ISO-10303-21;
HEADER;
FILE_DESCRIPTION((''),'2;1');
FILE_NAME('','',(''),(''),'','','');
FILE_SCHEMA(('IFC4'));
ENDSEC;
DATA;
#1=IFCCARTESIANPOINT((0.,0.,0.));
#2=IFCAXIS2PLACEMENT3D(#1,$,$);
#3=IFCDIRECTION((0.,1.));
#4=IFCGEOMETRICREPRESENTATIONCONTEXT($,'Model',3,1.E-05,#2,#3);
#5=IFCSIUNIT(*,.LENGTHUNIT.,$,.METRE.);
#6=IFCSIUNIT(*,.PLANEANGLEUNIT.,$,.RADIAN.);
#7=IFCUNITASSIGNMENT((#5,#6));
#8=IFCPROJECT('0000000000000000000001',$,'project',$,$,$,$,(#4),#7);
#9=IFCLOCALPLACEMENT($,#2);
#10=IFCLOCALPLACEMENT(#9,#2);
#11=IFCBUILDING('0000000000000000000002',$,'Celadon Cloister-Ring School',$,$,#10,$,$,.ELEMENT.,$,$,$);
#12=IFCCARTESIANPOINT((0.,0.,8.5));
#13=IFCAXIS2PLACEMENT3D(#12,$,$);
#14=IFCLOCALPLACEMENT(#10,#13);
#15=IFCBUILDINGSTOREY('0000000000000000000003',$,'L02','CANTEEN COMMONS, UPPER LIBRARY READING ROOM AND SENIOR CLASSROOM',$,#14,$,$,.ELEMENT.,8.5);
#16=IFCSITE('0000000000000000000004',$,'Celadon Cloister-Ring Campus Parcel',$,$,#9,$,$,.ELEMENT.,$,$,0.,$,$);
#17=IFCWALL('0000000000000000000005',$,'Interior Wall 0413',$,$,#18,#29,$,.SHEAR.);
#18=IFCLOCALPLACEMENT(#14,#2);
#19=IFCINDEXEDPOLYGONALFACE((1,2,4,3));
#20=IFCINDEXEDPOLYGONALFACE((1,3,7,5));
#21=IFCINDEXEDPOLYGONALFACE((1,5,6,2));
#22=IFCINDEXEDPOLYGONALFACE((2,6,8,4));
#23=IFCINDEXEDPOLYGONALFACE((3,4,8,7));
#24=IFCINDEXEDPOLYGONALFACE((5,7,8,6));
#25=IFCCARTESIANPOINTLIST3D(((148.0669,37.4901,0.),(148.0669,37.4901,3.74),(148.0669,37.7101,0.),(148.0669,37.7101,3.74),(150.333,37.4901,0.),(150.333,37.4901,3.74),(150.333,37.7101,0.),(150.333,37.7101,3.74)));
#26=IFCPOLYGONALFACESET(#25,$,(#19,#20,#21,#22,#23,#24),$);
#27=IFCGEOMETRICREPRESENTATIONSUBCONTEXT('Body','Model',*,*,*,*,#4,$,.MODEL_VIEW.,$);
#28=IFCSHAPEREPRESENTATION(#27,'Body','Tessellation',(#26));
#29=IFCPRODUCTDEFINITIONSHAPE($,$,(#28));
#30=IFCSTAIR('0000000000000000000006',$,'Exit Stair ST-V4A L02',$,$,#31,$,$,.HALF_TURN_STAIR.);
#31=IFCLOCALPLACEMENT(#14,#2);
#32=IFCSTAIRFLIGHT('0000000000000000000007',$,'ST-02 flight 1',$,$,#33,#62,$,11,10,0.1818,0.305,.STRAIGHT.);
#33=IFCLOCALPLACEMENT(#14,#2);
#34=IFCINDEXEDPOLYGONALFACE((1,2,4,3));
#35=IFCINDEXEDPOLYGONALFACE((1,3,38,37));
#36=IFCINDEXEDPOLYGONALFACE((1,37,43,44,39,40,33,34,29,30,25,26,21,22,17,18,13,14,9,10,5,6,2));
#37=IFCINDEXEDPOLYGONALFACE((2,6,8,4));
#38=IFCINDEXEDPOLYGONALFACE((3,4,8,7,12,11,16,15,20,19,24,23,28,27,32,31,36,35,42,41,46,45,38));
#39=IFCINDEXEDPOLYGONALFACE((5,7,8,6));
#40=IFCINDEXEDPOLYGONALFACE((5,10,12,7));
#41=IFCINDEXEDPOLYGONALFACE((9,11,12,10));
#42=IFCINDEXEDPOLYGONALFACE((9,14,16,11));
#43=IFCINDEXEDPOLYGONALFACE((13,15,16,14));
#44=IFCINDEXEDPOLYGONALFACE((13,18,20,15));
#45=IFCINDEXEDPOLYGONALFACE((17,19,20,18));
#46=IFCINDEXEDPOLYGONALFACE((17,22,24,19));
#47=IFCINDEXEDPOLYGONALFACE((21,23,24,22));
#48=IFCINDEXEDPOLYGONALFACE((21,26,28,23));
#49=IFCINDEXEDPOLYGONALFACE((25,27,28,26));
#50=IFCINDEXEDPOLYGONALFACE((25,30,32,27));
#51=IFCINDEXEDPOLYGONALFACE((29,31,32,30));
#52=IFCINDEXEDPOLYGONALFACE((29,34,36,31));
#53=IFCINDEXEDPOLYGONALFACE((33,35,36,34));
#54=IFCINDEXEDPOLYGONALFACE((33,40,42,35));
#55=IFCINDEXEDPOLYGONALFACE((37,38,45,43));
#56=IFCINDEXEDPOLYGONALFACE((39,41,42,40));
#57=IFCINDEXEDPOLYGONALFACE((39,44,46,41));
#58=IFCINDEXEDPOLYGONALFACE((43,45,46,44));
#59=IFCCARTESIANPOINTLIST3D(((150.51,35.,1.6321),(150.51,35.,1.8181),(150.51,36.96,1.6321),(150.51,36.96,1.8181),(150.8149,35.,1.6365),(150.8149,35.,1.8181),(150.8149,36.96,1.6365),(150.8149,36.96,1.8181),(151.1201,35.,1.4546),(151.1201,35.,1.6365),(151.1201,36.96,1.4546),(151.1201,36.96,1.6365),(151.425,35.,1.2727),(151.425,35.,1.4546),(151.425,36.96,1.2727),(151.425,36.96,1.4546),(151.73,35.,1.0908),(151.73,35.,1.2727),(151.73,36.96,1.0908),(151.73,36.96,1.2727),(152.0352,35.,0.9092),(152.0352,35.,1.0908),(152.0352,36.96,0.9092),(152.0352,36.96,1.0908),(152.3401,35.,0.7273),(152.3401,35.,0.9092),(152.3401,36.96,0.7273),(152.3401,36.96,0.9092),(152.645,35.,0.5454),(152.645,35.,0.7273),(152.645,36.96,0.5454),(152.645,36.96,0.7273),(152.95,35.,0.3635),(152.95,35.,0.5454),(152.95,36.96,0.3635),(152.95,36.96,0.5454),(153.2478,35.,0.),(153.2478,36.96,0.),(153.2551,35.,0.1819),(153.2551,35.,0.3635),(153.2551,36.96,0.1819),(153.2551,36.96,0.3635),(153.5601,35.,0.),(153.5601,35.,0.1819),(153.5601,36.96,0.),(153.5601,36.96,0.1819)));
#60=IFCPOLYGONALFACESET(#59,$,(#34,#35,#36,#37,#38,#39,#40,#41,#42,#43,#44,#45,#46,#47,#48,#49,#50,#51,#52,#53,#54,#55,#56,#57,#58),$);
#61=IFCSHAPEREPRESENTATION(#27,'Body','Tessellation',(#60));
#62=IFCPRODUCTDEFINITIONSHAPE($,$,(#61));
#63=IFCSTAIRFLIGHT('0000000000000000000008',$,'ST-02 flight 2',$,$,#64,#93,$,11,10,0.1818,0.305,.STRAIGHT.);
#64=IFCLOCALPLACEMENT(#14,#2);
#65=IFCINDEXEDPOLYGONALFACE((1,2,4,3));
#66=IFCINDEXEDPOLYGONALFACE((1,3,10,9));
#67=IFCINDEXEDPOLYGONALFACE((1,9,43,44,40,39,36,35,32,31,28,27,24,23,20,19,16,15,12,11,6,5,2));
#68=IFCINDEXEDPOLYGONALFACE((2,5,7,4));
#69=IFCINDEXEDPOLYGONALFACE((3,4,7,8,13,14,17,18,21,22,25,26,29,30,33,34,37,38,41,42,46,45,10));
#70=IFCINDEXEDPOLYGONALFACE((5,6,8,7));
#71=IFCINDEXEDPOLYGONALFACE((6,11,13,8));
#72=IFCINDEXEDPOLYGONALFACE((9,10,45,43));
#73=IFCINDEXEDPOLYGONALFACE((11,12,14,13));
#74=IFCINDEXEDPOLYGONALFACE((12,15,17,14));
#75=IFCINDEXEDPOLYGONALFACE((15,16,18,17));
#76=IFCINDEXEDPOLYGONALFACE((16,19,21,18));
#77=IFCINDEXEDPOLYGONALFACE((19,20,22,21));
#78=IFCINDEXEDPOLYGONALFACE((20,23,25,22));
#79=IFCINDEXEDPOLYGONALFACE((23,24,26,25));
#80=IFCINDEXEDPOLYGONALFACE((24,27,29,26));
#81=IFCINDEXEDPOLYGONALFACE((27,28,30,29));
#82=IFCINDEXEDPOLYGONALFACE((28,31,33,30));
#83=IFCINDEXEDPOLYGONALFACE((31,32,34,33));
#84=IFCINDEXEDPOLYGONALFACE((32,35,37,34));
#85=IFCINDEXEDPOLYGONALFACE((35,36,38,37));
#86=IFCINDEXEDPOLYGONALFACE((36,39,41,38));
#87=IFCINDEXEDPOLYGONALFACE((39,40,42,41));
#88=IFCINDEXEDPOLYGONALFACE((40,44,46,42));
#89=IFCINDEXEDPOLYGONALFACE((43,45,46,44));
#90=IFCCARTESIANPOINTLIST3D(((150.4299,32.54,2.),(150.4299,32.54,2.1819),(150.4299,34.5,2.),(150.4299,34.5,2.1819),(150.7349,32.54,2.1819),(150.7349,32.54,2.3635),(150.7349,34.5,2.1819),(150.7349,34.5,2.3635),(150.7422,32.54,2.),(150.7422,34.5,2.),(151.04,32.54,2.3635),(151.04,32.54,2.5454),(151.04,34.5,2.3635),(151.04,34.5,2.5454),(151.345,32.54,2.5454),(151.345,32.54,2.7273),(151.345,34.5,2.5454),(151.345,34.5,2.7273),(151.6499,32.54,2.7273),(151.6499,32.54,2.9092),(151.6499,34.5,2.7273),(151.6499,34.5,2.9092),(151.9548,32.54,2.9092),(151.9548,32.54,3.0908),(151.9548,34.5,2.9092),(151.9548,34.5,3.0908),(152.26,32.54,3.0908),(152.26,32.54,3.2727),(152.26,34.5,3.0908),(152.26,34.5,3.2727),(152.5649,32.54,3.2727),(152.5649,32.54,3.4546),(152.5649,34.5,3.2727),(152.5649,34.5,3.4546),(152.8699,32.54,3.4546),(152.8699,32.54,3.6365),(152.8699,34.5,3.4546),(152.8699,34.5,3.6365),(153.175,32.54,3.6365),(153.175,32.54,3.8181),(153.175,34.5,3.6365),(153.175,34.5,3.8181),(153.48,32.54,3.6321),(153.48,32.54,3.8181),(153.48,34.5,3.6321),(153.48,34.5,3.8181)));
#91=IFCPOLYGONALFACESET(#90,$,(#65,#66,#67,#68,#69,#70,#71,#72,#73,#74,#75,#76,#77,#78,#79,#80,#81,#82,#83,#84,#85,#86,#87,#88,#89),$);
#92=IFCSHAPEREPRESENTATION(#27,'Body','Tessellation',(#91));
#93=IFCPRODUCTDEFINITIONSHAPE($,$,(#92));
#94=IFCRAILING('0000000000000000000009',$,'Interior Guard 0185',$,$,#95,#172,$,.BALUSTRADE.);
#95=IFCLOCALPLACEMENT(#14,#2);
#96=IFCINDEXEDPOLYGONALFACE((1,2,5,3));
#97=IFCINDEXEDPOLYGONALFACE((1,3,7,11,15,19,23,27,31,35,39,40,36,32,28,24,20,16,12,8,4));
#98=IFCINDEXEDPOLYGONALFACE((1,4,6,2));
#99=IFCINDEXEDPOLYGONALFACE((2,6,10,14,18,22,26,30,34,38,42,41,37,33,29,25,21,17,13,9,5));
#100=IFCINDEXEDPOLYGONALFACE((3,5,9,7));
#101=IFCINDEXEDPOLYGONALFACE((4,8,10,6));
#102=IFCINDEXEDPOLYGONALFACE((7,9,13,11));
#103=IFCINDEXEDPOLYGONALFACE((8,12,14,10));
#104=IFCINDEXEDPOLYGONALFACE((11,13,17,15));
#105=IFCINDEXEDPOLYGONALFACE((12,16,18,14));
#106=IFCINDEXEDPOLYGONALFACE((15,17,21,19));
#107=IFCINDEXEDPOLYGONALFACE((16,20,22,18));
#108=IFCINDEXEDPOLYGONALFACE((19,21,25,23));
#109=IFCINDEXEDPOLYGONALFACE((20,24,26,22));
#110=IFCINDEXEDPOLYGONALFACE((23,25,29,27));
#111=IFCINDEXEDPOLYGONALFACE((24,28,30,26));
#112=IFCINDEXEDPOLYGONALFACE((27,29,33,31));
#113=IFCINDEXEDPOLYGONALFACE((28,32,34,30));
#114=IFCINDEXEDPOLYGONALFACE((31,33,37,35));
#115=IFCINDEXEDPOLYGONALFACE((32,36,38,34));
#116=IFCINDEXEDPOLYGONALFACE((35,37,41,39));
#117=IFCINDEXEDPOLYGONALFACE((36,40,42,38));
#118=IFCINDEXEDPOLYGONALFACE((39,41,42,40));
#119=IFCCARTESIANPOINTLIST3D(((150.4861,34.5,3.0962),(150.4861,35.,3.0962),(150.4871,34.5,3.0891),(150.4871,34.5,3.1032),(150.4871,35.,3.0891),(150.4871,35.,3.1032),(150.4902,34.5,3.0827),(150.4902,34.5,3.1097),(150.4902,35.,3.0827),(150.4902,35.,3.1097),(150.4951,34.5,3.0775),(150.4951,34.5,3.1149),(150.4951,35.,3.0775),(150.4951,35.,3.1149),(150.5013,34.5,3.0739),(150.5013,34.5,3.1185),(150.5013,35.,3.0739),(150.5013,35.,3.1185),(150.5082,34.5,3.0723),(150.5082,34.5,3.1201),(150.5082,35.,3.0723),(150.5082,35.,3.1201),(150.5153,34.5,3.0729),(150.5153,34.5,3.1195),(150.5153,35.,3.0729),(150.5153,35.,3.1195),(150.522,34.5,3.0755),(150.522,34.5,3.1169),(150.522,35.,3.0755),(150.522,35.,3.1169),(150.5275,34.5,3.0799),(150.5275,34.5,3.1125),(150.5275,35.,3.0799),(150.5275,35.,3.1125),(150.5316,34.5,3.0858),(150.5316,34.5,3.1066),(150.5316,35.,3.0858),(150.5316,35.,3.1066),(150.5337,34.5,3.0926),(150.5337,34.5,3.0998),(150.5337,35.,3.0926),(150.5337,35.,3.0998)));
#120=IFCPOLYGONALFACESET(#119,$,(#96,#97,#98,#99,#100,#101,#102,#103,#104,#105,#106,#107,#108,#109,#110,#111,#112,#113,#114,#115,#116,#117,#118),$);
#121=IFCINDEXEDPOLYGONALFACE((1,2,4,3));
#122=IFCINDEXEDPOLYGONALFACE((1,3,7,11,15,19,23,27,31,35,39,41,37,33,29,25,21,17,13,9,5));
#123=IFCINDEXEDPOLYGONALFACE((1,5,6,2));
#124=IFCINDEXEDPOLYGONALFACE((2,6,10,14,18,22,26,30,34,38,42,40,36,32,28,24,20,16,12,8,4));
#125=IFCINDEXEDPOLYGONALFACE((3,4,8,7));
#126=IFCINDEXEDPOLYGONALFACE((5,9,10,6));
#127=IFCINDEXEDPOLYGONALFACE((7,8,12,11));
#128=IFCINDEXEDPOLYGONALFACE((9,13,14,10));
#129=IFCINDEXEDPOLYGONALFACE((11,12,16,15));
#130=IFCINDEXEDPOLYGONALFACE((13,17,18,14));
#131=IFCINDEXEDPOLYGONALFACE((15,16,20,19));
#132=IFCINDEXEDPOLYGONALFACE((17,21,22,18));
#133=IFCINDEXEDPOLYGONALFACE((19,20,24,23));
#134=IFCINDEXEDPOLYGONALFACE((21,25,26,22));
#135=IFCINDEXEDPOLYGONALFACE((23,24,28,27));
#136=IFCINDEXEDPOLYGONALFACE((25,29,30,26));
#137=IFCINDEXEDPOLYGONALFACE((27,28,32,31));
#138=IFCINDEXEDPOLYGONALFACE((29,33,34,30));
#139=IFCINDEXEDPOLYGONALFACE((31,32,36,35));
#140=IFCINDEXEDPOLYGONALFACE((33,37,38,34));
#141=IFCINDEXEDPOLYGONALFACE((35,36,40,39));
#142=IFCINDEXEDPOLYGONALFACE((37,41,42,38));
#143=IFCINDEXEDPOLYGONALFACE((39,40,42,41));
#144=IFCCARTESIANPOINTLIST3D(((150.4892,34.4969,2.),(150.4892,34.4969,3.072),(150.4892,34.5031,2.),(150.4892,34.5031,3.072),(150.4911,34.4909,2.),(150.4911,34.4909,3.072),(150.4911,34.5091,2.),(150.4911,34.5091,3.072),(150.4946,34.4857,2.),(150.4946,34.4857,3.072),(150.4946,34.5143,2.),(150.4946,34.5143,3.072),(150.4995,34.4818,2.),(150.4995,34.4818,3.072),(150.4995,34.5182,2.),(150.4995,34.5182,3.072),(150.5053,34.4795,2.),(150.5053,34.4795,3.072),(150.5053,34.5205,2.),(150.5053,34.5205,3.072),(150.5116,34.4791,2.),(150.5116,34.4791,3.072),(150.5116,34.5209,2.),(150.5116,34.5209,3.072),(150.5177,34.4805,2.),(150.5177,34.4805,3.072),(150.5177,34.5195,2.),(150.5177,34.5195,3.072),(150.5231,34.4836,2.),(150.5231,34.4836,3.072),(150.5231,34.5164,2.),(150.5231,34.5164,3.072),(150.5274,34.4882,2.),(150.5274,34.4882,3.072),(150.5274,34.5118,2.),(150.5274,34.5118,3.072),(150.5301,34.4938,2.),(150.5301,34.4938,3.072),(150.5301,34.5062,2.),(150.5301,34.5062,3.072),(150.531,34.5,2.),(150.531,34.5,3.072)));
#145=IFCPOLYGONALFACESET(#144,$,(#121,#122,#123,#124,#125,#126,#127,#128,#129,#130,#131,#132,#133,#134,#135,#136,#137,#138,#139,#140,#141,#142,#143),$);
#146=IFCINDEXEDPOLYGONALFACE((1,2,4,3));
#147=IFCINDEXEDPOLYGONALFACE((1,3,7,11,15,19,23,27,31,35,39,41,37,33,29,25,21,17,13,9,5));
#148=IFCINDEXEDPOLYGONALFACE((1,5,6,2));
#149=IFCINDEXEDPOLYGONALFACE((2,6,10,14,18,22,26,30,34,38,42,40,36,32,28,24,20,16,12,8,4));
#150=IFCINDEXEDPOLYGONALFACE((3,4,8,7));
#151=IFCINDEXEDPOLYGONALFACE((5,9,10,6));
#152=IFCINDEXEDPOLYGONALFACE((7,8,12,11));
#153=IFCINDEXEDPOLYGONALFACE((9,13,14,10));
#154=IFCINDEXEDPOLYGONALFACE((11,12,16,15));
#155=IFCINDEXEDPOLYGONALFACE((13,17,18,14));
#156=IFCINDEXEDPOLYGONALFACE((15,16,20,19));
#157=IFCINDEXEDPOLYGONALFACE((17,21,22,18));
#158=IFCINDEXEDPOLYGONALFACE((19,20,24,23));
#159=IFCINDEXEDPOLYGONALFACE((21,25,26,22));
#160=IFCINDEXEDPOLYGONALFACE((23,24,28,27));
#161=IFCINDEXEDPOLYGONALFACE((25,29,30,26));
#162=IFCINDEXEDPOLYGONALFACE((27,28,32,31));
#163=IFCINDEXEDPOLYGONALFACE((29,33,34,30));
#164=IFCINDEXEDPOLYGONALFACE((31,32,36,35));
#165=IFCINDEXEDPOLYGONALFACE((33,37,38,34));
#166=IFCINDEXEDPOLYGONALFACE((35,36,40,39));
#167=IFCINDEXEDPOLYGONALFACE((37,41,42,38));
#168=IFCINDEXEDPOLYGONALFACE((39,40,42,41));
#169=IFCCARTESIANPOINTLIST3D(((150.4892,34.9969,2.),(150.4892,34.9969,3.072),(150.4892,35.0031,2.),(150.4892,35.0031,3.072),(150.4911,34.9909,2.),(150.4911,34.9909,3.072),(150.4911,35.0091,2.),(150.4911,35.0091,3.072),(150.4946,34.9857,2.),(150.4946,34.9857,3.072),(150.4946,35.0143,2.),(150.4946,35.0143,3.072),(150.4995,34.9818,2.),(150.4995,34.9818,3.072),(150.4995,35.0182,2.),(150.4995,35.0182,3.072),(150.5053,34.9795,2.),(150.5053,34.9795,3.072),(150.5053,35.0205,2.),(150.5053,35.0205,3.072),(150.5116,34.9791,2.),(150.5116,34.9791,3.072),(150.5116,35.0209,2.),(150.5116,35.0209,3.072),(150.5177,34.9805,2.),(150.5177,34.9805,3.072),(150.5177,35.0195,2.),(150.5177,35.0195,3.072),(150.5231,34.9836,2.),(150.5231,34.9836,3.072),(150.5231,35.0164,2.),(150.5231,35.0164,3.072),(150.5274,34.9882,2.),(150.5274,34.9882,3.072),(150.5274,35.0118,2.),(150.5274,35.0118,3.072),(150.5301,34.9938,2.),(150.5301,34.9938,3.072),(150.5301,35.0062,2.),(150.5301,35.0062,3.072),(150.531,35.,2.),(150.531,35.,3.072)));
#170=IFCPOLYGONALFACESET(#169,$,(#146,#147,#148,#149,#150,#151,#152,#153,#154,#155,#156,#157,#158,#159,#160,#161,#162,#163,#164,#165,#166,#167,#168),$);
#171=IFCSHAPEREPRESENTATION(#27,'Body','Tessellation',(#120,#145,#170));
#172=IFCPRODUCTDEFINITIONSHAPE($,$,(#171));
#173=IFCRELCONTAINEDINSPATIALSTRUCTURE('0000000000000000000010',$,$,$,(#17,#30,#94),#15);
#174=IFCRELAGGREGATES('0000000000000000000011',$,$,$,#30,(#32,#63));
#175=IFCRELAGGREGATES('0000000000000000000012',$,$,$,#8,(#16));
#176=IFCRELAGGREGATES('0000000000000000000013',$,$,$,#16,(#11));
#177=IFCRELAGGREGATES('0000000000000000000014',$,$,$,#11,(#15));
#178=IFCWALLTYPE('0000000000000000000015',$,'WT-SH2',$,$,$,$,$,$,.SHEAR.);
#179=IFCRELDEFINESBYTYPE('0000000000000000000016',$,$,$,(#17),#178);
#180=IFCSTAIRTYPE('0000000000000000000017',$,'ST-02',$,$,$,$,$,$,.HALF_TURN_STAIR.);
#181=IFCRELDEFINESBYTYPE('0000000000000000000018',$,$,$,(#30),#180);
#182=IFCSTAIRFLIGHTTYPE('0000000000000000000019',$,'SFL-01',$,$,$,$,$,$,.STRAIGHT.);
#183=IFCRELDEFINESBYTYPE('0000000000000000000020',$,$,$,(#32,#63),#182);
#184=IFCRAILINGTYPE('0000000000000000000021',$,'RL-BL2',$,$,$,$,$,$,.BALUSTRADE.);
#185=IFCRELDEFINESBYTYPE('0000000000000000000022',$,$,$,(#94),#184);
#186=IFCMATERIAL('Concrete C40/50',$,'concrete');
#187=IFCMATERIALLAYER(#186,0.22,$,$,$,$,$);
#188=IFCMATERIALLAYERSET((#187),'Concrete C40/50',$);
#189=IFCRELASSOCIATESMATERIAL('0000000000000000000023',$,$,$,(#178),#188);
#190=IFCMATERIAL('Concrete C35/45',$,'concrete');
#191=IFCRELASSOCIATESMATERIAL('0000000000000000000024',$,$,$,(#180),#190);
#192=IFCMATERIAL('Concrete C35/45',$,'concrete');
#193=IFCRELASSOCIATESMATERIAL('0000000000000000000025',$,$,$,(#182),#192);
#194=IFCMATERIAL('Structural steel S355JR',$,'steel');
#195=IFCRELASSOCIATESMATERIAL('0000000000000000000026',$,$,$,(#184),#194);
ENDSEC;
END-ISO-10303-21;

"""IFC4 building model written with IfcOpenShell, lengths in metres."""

from ifc_helpers import new_model, si_unit, direction, frame, frame_2d, origin, origin_2d, place, context, subcontext, project, spatial, polyline, rectangle, circle, outline, extrude, material, layer, layer_set, type_object, element, aggregate, save


model = new_model("IFC4")

# Units and contexts
model_context = context("Model", 3, precision=1e-05, world=origin(), true_north=direction((0.0, 1.0)))
body_context = subcontext(model_context, "Body", "Model", "MODEL_VIEW")
ifc_project = project(units=[si_unit("LENGTHUNIT", "METRE"), si_unit("PLANEANGLEUNIT", "RADIAN")], contexts=[model_context])

# Site, building, storey
site_placement = place(None, origin())
site = spatial("IfcSite", under=ifc_project, at=site_placement, Name="Celadon Cloister-Ring Campus Parcel", CompositionType="ELEMENT", RefElevation=0.0)
building_placement = place(site_placement, origin())
building = spatial("IfcBuilding", under=site, at=building_placement, Name="Celadon Cloister-Ring School", CompositionType="ELEMENT")
storey_placement = place(building_placement, frame((0.0, 0.0, 8.5)))
storey = spatial("IfcBuildingStorey", under=building, at=storey_placement, Name="L02", Description="CANTEEN COMMONS, UPPER LIBRARY READING ROOM AND SENIOR CLASSROOM", CompositionType="ELEMENT", Elevation=8.5)

# Wall
ifc_material_1 = material(Name="Concrete C40/50", Category="concrete")
ifc_layer_1 = layer(ifc_material_1, 0.22)
ifc_layer_set_1 = layer_set([ifc_layer_1], Name="Concrete C40/50")
wall_type_1 = type_object("IfcWallType", Name="WT-SH2", PredefinedType="SHEAR", material=ifc_layer_set_1)
wall_1_placement = place(storey_placement, frame((148.0669, 37.6001, 0.0), z_axis=(0.0, 0.0, 1.0), x_axis=(1.0, 0.0, 0.0)))
element("IfcWall", 1, at=wall_1_placement, inside=storey, type_object=wall_type_1, Name="Interior Wall 0413", PredefinedType="SHEAR", context=body_context, shape_type="SweptSolid", body=[
    extrude(rectangle(XDim=2.2661, YDim=0.22, at=frame_2d((1.1331, 0.0))), origin(), (0.0, 0.0, 1.0), 3.74),
])

# Stair, stair flights
ifc_material_2 = material(Name="Concrete C35/45", Category="concrete")
stair_type = type_object("IfcStairType", Name="ST-02", PredefinedType="HALF_TURN_STAIR", material=ifc_material_2)
stair_placement = place(storey_placement, origin())
stair = element("IfcStair", 2, at=stair_placement, inside=storey, type_object=stair_type, Name="Exit Stair ST-V4A L02", PredefinedType="HALF_TURN_STAIR")
ifc_material_3 = material(Name="Concrete C35/45", Category="concrete")
stair_flight_type = type_object("IfcStairFlightType", Name="SFL-01", PredefinedType="STRAIGHT", material=ifc_material_3)
stair_flight_1_placement = place(storey_placement, frame((153.5601, 35.98, 0.0), z_axis=(0.0, 0.0, 1.0), x_axis=(-1.0, 0.0, 0.0)))
stair_flight_1 = element("IfcStairFlight", 3, at=stair_flight_1_placement, type_object=stair_flight_type, Name="ST-02 flight 1", NumberOfRisers=11, NumberOfTreads=10, PredefinedType="STRAIGHT", RiserHeight=0.1818, TreadLength=0.305, context=body_context, shape_type="SweptSolid", body=[
    extrude(outline(polyline([(0.0, 0.0), (0.0, 0.1819), (0.3049, 0.1819), (0.3049, 0.3635), (0.6101, 0.3635), (0.6101, 0.5454), (0.915, 0.5454), (0.915, 0.7273), (1.22, 0.7273), (1.22, 0.9092), (1.5249, 0.9092), (1.5249, 1.0908), (1.8301, 1.0908), (1.8301, 1.2727), (2.135, 1.2727), (2.135, 1.4546), (2.4399, 1.4546), (2.4399, 1.6365), (2.7451, 1.6365), (2.7451, 1.8181), (3.05, 1.8181), (3.05, 2.0), (3.05, 1.6321), (0.3123, 0.0), (0.0, 0.0)])), frame((0.0, 0.98, 0.0), z_axis=(0.0, -1.0, 0.0), x_axis=(1.0, 0.0, 0.0)), (0.0, 0.0, 1.0), 1.96),
])
stair_flight_2_placement = place(storey_placement, frame((150.4299, 33.52, 2.0), z_axis=(0.0, 0.0, 1.0), x_axis=(1.0, 0.0, 0.0)))
stair_flight_2 = element("IfcStairFlight", 4, at=stair_flight_2_placement, type_object=stair_flight_type, Name="ST-02 flight 2", NumberOfRisers=11, NumberOfTreads=10, PredefinedType="STRAIGHT", RiserHeight=0.1818, TreadLength=0.305, context=body_context, shape_type="SweptSolid", body=[
    extrude(outline(polyline([(0.0, 0.0), (0.0, 0.1819), (0.3049, 0.1819), (0.3049, 0.3635), (0.6101, 0.3635), (0.6101, 0.5454), (0.915, 0.5454), (0.915, 0.7273), (1.22, 0.7273), (1.22, 0.9092), (1.5249, 0.9092), (1.5249, 1.0908), (1.8301, 1.0908), (1.8301, 1.2727), (2.135, 1.2727), (2.135, 1.4546), (2.4399, 1.4546), (2.4399, 1.6365), (2.7451, 1.6365), (2.7451, 1.8181), (3.05, 1.8181), (3.05, 2.0), (3.05, 1.6321), (0.3123, 0.0), (0.0, 0.0)])), frame((0.0, 0.98, 0.0), z_axis=(0.0, -1.0, 0.0), x_axis=(1.0, 0.0, 0.0)), (0.0, 0.0, 1.0), 1.96),
])
aggregate(stair, [stair_flight_1, stair_flight_2])

# Railing
ifc_material_4 = material(Name="Structural steel S355JR", Category="steel")
railing_type_1 = type_object("IfcRailingType", Name="RL-BL2", PredefinedType="BALUSTRADE", material=ifc_material_4)
railing_1_placement = place(storey_placement, frame((150.51, 34.5, 2.0)))
element("IfcRailing", 5, at=railing_1_placement, inside=storey, type_object=railing_type_1, Name="Interior Guard 0185", PredefinedType="BALUSTRADE", context=body_context, shape_type="SweptSolid", body=[
    extrude(circle(Radius=0.0239, at=origin_2d()), frame((0.0, 0.0, 1.0962), z_axis=(0.0, 1.0, 0.0), x_axis=(-1.0, 0.0, 0.0)), (0.0, 0.0, 1.0), 0.5),
    extrude(circle(Radius=0.021, at=origin_2d()), origin(), (0.0, 0.0, 1.0), 1.072),
    extrude(circle(Radius=0.021, at=origin_2d()), frame((0.0, 0.5, 0.0)), (0.0, 0.0, 1.0), 1.072),
])

save(model, "model.ifc")
